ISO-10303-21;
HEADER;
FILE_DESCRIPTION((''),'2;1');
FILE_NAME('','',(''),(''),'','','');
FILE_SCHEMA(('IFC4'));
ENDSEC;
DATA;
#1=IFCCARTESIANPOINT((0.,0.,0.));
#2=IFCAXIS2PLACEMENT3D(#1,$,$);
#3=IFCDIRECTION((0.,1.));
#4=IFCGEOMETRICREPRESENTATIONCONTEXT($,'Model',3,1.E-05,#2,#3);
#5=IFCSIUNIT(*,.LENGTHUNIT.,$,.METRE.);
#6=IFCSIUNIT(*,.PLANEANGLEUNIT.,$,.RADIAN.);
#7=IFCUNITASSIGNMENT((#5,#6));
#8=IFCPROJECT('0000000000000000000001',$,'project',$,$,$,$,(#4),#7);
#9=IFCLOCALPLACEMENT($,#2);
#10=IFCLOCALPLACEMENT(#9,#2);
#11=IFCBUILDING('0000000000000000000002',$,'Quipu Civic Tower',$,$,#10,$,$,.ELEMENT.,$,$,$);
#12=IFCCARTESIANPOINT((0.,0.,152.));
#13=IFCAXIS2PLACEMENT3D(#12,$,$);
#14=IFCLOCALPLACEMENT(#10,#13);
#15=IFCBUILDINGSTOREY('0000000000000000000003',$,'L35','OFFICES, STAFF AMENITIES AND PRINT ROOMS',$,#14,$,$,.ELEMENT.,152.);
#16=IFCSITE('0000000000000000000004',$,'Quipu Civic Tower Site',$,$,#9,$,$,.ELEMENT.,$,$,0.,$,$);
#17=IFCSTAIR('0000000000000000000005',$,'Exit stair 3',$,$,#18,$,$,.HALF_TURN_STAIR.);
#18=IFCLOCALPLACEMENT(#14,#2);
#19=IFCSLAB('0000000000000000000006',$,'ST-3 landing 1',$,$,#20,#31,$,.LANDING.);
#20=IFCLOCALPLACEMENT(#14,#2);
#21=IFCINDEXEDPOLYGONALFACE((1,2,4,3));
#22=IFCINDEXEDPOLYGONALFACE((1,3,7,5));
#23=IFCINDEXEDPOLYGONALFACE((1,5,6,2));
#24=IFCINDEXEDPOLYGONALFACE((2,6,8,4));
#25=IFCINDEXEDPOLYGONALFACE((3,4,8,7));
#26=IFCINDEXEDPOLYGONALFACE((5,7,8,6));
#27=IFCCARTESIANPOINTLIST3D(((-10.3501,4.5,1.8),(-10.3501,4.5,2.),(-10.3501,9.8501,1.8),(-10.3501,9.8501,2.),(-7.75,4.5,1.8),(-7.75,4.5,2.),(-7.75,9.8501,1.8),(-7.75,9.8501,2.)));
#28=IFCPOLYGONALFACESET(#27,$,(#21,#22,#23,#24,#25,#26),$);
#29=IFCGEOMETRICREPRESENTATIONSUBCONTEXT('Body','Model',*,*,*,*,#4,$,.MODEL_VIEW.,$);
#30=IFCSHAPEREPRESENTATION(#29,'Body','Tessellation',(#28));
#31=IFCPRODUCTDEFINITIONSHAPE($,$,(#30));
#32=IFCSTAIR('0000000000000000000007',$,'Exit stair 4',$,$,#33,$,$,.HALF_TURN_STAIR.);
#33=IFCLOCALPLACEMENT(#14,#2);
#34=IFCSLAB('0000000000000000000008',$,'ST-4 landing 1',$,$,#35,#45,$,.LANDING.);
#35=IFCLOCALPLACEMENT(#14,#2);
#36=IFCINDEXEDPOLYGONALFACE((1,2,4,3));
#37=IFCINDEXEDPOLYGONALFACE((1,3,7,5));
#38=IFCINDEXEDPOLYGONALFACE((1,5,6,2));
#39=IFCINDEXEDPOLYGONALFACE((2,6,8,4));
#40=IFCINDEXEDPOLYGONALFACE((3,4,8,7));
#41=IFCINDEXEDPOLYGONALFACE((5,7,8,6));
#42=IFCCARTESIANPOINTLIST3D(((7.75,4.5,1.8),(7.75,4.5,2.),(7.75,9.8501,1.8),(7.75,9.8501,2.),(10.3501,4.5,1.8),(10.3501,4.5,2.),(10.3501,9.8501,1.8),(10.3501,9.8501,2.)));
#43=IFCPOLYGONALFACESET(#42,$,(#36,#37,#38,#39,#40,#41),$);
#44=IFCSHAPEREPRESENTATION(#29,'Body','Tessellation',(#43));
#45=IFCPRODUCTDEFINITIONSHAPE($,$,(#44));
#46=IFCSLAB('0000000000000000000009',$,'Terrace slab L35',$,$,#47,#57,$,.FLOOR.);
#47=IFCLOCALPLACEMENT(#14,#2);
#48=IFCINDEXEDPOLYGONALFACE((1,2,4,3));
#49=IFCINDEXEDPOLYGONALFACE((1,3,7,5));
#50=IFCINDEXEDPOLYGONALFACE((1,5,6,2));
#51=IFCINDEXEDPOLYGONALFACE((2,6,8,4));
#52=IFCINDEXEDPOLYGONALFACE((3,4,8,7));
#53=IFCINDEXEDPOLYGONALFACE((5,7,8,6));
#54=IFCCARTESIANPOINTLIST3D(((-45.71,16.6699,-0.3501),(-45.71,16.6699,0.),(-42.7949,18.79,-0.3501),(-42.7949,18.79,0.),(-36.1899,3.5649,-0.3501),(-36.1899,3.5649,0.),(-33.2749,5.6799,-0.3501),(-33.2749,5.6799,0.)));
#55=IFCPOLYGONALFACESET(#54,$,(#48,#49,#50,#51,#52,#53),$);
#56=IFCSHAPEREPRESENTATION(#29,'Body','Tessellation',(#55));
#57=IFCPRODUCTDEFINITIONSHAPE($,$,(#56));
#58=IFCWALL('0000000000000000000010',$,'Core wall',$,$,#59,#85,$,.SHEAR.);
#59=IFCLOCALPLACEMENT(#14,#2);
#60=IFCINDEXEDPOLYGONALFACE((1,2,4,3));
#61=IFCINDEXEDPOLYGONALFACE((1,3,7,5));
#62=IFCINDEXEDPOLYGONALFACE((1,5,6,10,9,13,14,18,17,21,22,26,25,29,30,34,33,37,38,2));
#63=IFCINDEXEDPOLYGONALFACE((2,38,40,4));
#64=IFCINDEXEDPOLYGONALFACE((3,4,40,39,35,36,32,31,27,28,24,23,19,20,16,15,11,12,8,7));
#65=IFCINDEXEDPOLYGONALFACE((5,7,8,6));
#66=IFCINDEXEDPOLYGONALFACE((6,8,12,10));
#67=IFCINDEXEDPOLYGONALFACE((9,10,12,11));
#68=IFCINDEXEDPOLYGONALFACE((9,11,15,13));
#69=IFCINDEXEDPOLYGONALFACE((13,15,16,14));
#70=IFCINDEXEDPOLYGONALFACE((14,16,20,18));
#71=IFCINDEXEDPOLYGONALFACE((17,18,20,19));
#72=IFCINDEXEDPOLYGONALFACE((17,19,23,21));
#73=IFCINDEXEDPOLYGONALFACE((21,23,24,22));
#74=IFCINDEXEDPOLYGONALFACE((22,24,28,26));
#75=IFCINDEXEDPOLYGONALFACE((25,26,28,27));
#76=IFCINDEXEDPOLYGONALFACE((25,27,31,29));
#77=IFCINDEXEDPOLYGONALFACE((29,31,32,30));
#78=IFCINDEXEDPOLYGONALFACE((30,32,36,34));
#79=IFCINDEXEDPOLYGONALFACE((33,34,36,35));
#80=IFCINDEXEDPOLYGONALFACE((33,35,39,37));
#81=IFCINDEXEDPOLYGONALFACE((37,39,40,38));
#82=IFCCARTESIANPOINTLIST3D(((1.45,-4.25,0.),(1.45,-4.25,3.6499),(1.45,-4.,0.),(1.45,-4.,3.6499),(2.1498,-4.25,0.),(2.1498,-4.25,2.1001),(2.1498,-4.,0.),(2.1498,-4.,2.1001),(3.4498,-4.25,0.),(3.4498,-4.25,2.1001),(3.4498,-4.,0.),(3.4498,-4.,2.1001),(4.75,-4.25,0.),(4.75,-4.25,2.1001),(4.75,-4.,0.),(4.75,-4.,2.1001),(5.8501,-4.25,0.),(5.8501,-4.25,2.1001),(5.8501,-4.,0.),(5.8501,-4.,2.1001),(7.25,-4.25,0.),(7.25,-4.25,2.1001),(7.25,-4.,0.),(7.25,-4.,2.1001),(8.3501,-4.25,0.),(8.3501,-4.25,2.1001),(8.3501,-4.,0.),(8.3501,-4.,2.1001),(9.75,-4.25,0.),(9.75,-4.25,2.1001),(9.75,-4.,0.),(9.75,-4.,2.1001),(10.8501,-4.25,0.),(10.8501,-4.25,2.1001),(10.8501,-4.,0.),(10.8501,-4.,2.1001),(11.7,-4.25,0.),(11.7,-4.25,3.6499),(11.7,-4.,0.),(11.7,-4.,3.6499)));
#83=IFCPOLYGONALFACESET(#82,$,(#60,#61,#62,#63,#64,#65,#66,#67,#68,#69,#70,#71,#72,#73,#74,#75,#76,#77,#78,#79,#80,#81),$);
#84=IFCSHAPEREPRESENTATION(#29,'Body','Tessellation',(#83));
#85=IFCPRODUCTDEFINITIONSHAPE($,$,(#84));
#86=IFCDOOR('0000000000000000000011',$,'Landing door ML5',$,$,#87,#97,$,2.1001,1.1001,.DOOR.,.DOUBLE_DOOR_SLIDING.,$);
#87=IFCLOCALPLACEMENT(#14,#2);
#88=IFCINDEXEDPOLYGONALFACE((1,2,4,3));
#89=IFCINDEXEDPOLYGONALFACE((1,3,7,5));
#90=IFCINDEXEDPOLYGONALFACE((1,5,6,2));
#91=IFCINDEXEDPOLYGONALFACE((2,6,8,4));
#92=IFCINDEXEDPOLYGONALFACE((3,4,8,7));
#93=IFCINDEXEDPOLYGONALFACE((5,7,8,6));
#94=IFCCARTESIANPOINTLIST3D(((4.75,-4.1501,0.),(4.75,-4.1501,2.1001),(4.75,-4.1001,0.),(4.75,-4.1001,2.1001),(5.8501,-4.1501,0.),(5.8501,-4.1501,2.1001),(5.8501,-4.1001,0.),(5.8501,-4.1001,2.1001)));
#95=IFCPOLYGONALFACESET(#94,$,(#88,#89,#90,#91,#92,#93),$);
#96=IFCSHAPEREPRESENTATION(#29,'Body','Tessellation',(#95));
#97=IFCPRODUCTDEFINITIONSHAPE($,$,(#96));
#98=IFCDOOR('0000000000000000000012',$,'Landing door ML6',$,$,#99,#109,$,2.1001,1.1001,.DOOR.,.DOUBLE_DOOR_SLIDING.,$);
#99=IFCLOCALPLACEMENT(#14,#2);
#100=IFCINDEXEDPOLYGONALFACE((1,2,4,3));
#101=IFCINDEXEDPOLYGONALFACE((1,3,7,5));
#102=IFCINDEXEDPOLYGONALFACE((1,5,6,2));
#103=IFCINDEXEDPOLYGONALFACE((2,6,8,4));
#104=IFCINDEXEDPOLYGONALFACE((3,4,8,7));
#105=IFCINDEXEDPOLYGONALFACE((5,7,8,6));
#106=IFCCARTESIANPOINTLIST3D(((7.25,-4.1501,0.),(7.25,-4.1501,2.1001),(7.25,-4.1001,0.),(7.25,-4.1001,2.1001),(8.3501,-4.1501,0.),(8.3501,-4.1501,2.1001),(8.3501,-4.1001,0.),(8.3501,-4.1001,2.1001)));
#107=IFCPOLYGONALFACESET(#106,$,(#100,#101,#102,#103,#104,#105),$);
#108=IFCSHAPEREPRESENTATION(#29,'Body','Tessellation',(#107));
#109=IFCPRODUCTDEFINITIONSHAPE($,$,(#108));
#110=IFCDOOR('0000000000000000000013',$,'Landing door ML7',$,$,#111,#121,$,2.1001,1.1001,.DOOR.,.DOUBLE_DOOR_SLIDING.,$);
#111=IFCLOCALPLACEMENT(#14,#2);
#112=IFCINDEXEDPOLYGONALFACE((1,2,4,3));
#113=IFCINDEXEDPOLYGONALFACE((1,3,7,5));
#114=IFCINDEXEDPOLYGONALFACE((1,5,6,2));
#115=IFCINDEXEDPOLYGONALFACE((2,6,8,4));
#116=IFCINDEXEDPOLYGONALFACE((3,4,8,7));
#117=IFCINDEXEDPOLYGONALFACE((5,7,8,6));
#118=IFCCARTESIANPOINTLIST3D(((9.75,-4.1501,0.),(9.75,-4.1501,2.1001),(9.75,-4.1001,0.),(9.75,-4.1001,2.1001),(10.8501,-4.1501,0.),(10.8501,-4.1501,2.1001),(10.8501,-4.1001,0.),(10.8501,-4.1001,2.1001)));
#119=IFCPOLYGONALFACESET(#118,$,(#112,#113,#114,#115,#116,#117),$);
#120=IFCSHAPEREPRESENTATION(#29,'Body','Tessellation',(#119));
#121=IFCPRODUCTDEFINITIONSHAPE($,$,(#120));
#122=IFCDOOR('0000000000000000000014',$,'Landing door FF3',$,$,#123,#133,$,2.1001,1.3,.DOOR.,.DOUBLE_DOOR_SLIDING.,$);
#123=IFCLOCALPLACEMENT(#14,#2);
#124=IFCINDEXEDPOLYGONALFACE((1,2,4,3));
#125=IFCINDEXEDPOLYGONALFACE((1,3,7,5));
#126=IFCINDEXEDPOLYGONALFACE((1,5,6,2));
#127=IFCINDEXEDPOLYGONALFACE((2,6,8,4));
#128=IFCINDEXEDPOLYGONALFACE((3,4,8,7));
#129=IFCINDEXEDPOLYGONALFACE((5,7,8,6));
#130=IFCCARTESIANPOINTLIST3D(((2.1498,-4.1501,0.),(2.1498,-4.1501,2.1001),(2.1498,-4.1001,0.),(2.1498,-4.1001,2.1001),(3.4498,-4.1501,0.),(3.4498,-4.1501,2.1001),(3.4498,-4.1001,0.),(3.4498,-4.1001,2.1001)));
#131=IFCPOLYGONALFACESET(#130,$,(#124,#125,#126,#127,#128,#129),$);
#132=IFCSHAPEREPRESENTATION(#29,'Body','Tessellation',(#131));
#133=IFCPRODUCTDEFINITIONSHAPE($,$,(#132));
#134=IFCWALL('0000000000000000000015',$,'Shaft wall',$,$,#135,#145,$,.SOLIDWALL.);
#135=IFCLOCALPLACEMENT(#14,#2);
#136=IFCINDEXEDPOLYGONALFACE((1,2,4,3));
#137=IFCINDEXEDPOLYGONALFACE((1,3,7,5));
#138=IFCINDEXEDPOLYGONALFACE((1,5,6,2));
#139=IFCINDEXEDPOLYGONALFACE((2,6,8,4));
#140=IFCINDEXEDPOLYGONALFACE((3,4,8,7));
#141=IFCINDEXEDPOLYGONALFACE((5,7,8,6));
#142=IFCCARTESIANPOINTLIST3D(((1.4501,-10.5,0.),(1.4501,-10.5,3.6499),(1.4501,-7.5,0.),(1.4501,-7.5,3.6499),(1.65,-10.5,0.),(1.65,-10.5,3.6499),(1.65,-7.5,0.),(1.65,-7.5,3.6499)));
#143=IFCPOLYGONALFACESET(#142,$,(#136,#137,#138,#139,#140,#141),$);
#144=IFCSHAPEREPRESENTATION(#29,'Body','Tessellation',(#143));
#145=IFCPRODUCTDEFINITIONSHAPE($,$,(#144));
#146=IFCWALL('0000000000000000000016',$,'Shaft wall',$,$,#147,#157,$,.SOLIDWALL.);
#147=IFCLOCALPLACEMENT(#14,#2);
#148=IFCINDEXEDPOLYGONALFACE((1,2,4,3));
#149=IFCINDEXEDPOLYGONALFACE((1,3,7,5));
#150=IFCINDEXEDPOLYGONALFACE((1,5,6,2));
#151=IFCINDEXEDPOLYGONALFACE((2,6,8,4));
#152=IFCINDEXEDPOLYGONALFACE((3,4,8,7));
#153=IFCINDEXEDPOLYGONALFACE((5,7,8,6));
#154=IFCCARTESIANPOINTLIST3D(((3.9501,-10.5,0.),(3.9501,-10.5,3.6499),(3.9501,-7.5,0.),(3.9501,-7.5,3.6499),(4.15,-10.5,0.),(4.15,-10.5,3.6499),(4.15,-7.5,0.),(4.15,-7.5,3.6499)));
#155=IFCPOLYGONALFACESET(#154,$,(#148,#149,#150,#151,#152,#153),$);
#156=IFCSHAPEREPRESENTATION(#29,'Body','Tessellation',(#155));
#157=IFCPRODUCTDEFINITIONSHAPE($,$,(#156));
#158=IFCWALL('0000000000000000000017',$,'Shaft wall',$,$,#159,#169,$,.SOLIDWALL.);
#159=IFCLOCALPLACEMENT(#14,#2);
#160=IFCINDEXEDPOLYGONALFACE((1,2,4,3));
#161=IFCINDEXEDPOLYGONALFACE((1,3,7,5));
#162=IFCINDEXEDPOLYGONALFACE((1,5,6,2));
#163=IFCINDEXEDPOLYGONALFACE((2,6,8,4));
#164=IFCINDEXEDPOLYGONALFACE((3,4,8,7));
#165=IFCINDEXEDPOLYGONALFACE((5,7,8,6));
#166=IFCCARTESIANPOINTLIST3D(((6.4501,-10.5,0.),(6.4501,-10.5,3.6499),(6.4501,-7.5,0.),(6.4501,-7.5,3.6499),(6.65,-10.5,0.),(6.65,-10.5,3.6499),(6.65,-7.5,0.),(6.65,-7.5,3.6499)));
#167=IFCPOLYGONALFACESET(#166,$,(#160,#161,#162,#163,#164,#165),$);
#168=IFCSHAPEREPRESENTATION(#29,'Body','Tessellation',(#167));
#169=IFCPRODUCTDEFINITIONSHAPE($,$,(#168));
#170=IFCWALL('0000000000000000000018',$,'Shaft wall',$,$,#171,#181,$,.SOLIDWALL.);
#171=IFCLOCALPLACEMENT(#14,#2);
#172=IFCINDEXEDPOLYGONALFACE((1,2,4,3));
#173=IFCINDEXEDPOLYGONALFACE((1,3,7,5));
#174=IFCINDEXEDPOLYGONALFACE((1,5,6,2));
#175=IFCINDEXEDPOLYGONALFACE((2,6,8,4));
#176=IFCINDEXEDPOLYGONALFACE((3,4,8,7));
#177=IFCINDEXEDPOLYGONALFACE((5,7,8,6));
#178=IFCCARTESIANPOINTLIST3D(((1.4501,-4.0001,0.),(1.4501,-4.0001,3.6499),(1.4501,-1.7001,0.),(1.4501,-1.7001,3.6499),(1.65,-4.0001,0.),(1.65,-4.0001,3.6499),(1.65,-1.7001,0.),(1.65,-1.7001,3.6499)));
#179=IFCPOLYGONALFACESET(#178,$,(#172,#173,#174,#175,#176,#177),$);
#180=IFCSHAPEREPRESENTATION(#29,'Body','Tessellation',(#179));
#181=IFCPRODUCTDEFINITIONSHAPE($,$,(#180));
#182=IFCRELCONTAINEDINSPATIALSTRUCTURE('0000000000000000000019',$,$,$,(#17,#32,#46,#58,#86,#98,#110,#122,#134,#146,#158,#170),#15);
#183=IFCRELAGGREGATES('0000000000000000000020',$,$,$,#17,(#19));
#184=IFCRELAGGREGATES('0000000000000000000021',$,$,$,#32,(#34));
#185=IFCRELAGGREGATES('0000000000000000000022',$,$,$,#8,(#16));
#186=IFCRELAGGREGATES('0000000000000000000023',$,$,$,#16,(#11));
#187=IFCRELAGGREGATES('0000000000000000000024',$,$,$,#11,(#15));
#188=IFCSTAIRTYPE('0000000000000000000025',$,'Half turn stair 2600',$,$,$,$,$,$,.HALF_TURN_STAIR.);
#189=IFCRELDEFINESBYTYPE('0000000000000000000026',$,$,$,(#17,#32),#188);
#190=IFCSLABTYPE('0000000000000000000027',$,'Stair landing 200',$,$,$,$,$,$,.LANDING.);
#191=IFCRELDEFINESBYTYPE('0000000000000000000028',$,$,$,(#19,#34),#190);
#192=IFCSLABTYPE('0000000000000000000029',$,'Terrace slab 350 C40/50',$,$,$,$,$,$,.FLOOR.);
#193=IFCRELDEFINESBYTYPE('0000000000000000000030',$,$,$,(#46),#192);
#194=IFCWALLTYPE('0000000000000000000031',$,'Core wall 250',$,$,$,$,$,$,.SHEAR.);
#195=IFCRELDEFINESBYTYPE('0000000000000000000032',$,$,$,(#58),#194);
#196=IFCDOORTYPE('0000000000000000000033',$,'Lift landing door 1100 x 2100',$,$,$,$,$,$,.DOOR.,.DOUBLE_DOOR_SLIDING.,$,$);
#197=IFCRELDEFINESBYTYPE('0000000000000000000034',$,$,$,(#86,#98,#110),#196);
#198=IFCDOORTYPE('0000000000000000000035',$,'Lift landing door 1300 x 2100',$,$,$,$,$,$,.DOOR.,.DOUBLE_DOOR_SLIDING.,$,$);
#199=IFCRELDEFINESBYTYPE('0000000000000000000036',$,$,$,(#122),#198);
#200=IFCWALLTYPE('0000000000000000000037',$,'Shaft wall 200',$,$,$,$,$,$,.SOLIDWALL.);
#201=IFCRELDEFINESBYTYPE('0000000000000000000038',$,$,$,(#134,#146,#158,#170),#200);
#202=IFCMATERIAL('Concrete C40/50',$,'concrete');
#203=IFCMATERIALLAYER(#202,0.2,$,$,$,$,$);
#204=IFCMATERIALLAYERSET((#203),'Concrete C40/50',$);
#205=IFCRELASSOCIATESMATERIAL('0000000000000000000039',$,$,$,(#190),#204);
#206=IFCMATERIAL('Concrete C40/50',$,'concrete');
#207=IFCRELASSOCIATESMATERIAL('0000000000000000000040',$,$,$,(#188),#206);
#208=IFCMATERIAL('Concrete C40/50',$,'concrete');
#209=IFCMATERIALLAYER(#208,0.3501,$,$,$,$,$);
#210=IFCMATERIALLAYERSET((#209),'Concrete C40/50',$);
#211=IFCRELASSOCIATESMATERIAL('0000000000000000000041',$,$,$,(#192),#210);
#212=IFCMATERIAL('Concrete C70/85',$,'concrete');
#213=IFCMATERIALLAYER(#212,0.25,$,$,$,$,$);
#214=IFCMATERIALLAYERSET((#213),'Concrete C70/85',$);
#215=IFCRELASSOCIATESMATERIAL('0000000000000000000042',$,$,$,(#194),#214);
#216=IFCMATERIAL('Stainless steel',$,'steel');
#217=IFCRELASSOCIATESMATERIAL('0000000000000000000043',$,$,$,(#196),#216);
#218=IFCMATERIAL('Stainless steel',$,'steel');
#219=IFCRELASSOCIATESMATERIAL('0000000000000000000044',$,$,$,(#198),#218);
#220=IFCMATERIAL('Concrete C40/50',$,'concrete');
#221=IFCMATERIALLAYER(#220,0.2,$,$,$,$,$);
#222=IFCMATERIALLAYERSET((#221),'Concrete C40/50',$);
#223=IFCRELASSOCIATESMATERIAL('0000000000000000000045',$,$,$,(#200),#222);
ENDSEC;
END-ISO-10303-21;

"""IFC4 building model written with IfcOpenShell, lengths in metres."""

from ifc_helpers import new_model, si_unit, direction, frame, frame_2d, origin, place, context, subcontext, project, spatial, polyline, rectangle, outline, extrude, material, layer, layer_set, type_object, element, fill, aggregate, save


model = new_model("IFC4")

# Units and contexts
model_context = context("Model", 3, precision=1e-05, world=origin(), true_north=direction((0.0, 1.0)))
body_context = subcontext(model_context, "Body", "Model", "MODEL_VIEW")
ifc_project = project(units=[si_unit("LENGTHUNIT", "METRE"), si_unit("PLANEANGLEUNIT", "RADIAN")], contexts=[model_context])

# Site, building, storey
site_placement = place(None, origin())
site = spatial("IfcSite", under=ifc_project, at=site_placement, Name="Quipu Civic Tower Site", CompositionType="ELEMENT", RefElevation=0.0)
building_placement = place(site_placement, origin())
building = spatial("IfcBuilding", under=site, at=building_placement, Name="Quipu Civic Tower", CompositionType="ELEMENT")
storey_placement = place(building_placement, frame((0.0, 0.0, 152.0)))
storey = spatial("IfcBuildingStorey", under=building, at=storey_placement, Name="L35", Description="OFFICES, STAFF AMENITIES AND PRINT ROOMS", CompositionType="ELEMENT", Elevation=152.0)

# Stairs, slabs
ifc_material_1 = material(Name="Concrete C40/50", Category="concrete")
ifc_layer_1 = layer(ifc_material_1, 0.2)
ifc_layer_set_1 = layer_set([ifc_layer_1], Name="Concrete C40/50")
slab_type_1 = type_object("IfcSlabType", Name="Stair landing 200", PredefinedType="LANDING", material=ifc_layer_set_1)
ifc_material_2 = material(Name="Concrete C40/50", Category="concrete")
stair_type_1 = type_object("IfcStairType", Name="Half turn stair 2600", PredefinedType="HALF_TURN_STAIR", material=ifc_material_2)
stair_1_placement = place(storey_placement, origin())
stair_1 = element("IfcStair", 1, at=stair_1_placement, inside=storey, type_object=stair_type_1, Name="Exit stair 3", PredefinedType="HALF_TURN_STAIR")
slab_1_placement = place(storey_placement, frame((0.0, 0.0, 1.8)))
slab_1 = element("IfcSlab", 2, at=slab_1_placement, type_object=slab_type_1, Name="ST-3 landing 1", PredefinedType="LANDING", context=body_context, shape_type="SweptSolid", body=[
    extrude(outline(polyline([(-10.3501, 4.5), (-7.75, 4.5), (-7.75, 9.8501), (-10.3501, 9.8501), (-10.3501, 4.5)])), origin(), (0.0, 0.0, 1.0), 0.2),
])
aggregate(stair_1, [slab_1])
stair_2_placement = place(storey_placement, origin())
stair_2 = element("IfcStair", 3, at=stair_2_placement, inside=storey, type_object=stair_type_1, Name="Exit stair 4", PredefinedType="HALF_TURN_STAIR")
slab_2_placement = place(storey_placement, frame((0.0, 0.0, 1.8)))
slab_2 = element("IfcSlab", 4, at=slab_2_placement, type_object=slab_type_1, Name="ST-4 landing 1", PredefinedType="LANDING", context=body_context, shape_type="SweptSolid", body=[
    extrude(outline(polyline([(10.3501, 9.8501), (7.75, 9.8501), (7.75, 4.5), (10.3501, 4.5), (10.3501, 9.8501)])), origin(), (0.0, 0.0, 1.0), 0.2),
])
aggregate(stair_2, [slab_2])

# Slab
ifc_material_3 = material(Name="Concrete C40/50", Category="concrete")
ifc_layer_2 = layer(ifc_material_3, 0.3501)
ifc_layer_set_2 = layer_set([ifc_layer_2], Name="Concrete C40/50")
slab_type_2 = type_object("IfcSlabType", Name="Terrace slab 350 C40/50", PredefinedType="FLOOR", material=ifc_layer_set_2)
slab_3_placement = place(storey_placement, frame((0.0, 0.0, -0.3501)))
element("IfcSlab", 5, at=slab_3_placement, inside=storey, type_object=slab_type_2, Name="Terrace slab L35", PredefinedType="FLOOR", context=body_context, shape_type="SweptSolid", body=[
    extrude(outline(polyline([(-42.7949, 18.79), (-33.2749, 5.6799), (-36.1899, 3.5649), (-45.71, 16.6699), (-42.7949, 18.79)])), origin(), (0.0, 0.0, 1.0), 0.3501),
])

# Wall, openings, doors
ifc_material_4 = material(Name="Concrete C70/85", Category="concrete")
ifc_layer_3 = layer(ifc_material_4, 0.25)
ifc_layer_set_3 = layer_set([ifc_layer_3], Name="Concrete C70/85")
wall_type_1 = type_object("IfcWallType", Name="Core wall 250", PredefinedType="SHEAR", material=ifc_layer_set_3)
wall_placement = place(storey_placement, frame((1.45, -4.125, 0.0), z_axis=(0.0, 0.0, 1.0), x_axis=(1.0, 0.0, 0.0)))
wall = element("IfcWall", 6, at=wall_placement, inside=storey, type_object=wall_type_1, Name="Core wall", PredefinedType="SHEAR", context=body_context, shape_type="SweptSolid", body=[
    extrude(rectangle(XDim=10.25, YDim=0.25, at=frame_2d((5.125, 0.0))), origin(), (0.0, 0.0, 1.0), 3.6499),
])
opening_1_placement = place(wall_placement, frame((0.7, 0.0, 0.0)))
opening_1 = element("IfcOpeningElement", 7, at=opening_1_placement, cuts=wall, PredefinedType="OPENING", context=body_context, shape_type="SweptSolid", body=[
    extrude(rectangle(XDim=1.3, YDim=2.1001, at=frame_2d((0.6499, 1.05))), frame((0.0, 0.135, 0.0), z_axis=(0.0, -1.0, 0.0), x_axis=(1.0, 0.0, 0.0)), (0.0, 0.0, 1.0), 0.27),
])
opening_2_placement = place(wall_placement, frame((3.3, 0.0, 0.0)))
opening_2 = element("IfcOpeningElement", 8, at=opening_2_placement, cuts=wall, PredefinedType="OPENING", context=body_context, shape_type="SweptSolid", body=[
    extrude(rectangle(XDim=1.1001, YDim=2.1001, at=frame_2d((0.55, 1.05))), frame((0.0, 0.135, 0.0), z_axis=(0.0, -1.0, 0.0), x_axis=(1.0, 0.0, 0.0)), (0.0, 0.0, 1.0), 0.27),
])
opening_3_placement = place(wall_placement, frame((5.8, 0.0, 0.0)))
opening_3 = element("IfcOpeningElement", 9, at=opening_3_placement, cuts=wall, PredefinedType="OPENING", context=body_context, shape_type="SweptSolid", body=[
    extrude(rectangle(XDim=1.1001, YDim=2.1001, at=frame_2d((0.55, 1.05))), frame((0.0, 0.135, 0.0), z_axis=(0.0, -1.0, 0.0), x_axis=(1.0, 0.0, 0.0)), (0.0, 0.0, 1.0), 0.27),
])
opening_4_placement = place(wall_placement, frame((8.3, 0.0, 0.0)))
opening_4 = element("IfcOpeningElement", 10, at=opening_4_placement, cuts=wall, PredefinedType="OPENING", context=body_context, shape_type="SweptSolid", body=[
    extrude(rectangle(XDim=1.1001, YDim=2.1001, at=frame_2d((0.55, 1.05))), frame((0.0, 0.135, 0.0), z_axis=(0.0, -1.0, 0.0), x_axis=(1.0, 0.0, 0.0)), (0.0, 0.0, 1.0), 0.27),
])
ifc_material_5 = material(Name="Stainless steel", Category="steel")
door_type_1 = type_object("IfcDoorType", Name="Lift landing door 1100 x 2100", OperationType="DOUBLE_DOOR_SLIDING", PredefinedType="DOOR", material=ifc_material_5)
door_1_placement = place(opening_2_placement, origin())
door_1 = element("IfcDoor", 11, at=door_1_placement, inside=storey, type_object=door_type_1, Name="Landing door ML5", OperationType="DOUBLE_DOOR_SLIDING", OverallHeight=2.1001, OverallWidth=1.1001, PredefinedType="DOOR", context=body_context, shape_type="SweptSolid", body=[
    extrude(rectangle(XDim=1.1001, YDim=2.1001, at=frame_2d((0.55, 1.05))), frame((0.0, 0.0249, 0.0), z_axis=(0.0, -1.0, 0.0), x_axis=(1.0, 0.0, 0.0)), (0.0, 0.0, 1.0), 0.05),
])
fill(opening_2, door_1)
door_2_placement = place(opening_3_placement, origin())
door_2 = element("IfcDoor", 12, at=door_2_placement, inside=storey, type_object=door_type_1, Name="Landing door ML6", OperationType="DOUBLE_DOOR_SLIDING", OverallHeight=2.1001, OverallWidth=1.1001, PredefinedType="DOOR", context=body_context, shape_type="SweptSolid", body=[
    extrude(rectangle(XDim=1.1001, YDim=2.1001, at=frame_2d((0.55, 1.05))), frame((0.0, 0.0249, 0.0), z_axis=(0.0, -1.0, 0.0), x_axis=(1.0, 0.0, 0.0)), (0.0, 0.0, 1.0), 0.05),
])
fill(opening_3, door_2)
door_3_placement = place(opening_4_placement, origin())
door_3 = element("IfcDoor", 13, at=door_3_placement, inside=storey, type_object=door_type_1, Name="Landing door ML7", OperationType="DOUBLE_DOOR_SLIDING", OverallHeight=2.1001, OverallWidth=1.1001, PredefinedType="DOOR", context=body_context, shape_type="SweptSolid", body=[
    extrude(rectangle(XDim=1.1001, YDim=2.1001, at=frame_2d((0.55, 1.05))), frame((0.0, 0.0249, 0.0), z_axis=(0.0, -1.0, 0.0), x_axis=(1.0, 0.0, 0.0)), (0.0, 0.0, 1.0), 0.05),
])
fill(opening_4, door_3)
ifc_material_6 = material(Name="Stainless steel", Category="steel")
door_type_2 = type_object("IfcDoorType", Name="Lift landing door 1300 x 2100", OperationType="DOUBLE_DOOR_SLIDING", PredefinedType="DOOR", material=ifc_material_6)
door_4_placement = place(opening_1_placement, origin())
door_4 = element("IfcDoor", 14, at=door_4_placement, inside=storey, type_object=door_type_2, Name="Landing door FF3", OperationType="DOUBLE_DOOR_SLIDING", OverallHeight=2.1001, OverallWidth=1.3, PredefinedType="DOOR", context=body_context, shape_type="SweptSolid", body=[
    extrude(rectangle(XDim=1.3, YDim=2.1001, at=frame_2d((0.6499, 1.05))), frame((0.0, 0.0249, 0.0), z_axis=(0.0, -1.0, 0.0), x_axis=(1.0, 0.0, 0.0)), (0.0, 0.0, 1.0), 0.05),
])
fill(opening_1, door_4)

# Walls
ifc_material_7 = material(Name="Concrete C40/50", Category="concrete")
ifc_layer_4 = layer(ifc_material_7, 0.2)
ifc_layer_set_4 = layer_set([ifc_layer_4], Name="Concrete C40/50")
wall_type_2 = type_object("IfcWallType", Name="Shaft wall 200", PredefinedType="SOLIDWALL", material=ifc_layer_set_4)
for number, where, z_axis, x_axis, name in (
    (15, (1.55, -10.5, 0.0), (0.0, 0.0, 1.0), (0.0, 1.0, 0.0), "Shaft wall"),
    (16, (4.05, -10.5, 0.0), (0.0, 0.0, 1.0), (0.0, 1.0, 0.0), "Shaft wall"),
    (17, (6.55, -10.5, 0.0), (0.0, 0.0, 1.0), (0.0, 1.0, 0.0), "Shaft wall"),
):
    element("IfcWall", number, at=place(storey_placement, frame(where, z_axis=z_axis, x_axis=x_axis)), inside=storey, type_object=wall_type_2, Name=name, PredefinedType="SOLIDWALL", context=body_context, shape_type="SweptSolid", body=[
        extrude(rectangle(XDim=3.0, YDim=0.2, at=frame_2d((1.5, 0.0))), origin(), (0.0, 0.0, 1.0), 3.6499),
    ])
for number, where, z_axis, x_axis, name in (
    (18, (1.55, -4.0, 0.0), (0.0, 0.0, 1.0), (0.0, 1.0, 0.0), "Shaft wall"),
):
    element("IfcWall", number, at=place(storey_placement, frame(where, z_axis=z_axis, x_axis=x_axis)), inside=storey, type_object=wall_type_2, Name=name, PredefinedType="SOLIDWALL", context=body_context, shape_type="SweptSolid", body=[
        extrude(rectangle(XDim=2.3, YDim=0.2, at=frame_2d((1.1499, 0.0))), origin(), (0.0, 0.0, 1.0), 3.6499),
    ])

save(model, "model.ifc")
